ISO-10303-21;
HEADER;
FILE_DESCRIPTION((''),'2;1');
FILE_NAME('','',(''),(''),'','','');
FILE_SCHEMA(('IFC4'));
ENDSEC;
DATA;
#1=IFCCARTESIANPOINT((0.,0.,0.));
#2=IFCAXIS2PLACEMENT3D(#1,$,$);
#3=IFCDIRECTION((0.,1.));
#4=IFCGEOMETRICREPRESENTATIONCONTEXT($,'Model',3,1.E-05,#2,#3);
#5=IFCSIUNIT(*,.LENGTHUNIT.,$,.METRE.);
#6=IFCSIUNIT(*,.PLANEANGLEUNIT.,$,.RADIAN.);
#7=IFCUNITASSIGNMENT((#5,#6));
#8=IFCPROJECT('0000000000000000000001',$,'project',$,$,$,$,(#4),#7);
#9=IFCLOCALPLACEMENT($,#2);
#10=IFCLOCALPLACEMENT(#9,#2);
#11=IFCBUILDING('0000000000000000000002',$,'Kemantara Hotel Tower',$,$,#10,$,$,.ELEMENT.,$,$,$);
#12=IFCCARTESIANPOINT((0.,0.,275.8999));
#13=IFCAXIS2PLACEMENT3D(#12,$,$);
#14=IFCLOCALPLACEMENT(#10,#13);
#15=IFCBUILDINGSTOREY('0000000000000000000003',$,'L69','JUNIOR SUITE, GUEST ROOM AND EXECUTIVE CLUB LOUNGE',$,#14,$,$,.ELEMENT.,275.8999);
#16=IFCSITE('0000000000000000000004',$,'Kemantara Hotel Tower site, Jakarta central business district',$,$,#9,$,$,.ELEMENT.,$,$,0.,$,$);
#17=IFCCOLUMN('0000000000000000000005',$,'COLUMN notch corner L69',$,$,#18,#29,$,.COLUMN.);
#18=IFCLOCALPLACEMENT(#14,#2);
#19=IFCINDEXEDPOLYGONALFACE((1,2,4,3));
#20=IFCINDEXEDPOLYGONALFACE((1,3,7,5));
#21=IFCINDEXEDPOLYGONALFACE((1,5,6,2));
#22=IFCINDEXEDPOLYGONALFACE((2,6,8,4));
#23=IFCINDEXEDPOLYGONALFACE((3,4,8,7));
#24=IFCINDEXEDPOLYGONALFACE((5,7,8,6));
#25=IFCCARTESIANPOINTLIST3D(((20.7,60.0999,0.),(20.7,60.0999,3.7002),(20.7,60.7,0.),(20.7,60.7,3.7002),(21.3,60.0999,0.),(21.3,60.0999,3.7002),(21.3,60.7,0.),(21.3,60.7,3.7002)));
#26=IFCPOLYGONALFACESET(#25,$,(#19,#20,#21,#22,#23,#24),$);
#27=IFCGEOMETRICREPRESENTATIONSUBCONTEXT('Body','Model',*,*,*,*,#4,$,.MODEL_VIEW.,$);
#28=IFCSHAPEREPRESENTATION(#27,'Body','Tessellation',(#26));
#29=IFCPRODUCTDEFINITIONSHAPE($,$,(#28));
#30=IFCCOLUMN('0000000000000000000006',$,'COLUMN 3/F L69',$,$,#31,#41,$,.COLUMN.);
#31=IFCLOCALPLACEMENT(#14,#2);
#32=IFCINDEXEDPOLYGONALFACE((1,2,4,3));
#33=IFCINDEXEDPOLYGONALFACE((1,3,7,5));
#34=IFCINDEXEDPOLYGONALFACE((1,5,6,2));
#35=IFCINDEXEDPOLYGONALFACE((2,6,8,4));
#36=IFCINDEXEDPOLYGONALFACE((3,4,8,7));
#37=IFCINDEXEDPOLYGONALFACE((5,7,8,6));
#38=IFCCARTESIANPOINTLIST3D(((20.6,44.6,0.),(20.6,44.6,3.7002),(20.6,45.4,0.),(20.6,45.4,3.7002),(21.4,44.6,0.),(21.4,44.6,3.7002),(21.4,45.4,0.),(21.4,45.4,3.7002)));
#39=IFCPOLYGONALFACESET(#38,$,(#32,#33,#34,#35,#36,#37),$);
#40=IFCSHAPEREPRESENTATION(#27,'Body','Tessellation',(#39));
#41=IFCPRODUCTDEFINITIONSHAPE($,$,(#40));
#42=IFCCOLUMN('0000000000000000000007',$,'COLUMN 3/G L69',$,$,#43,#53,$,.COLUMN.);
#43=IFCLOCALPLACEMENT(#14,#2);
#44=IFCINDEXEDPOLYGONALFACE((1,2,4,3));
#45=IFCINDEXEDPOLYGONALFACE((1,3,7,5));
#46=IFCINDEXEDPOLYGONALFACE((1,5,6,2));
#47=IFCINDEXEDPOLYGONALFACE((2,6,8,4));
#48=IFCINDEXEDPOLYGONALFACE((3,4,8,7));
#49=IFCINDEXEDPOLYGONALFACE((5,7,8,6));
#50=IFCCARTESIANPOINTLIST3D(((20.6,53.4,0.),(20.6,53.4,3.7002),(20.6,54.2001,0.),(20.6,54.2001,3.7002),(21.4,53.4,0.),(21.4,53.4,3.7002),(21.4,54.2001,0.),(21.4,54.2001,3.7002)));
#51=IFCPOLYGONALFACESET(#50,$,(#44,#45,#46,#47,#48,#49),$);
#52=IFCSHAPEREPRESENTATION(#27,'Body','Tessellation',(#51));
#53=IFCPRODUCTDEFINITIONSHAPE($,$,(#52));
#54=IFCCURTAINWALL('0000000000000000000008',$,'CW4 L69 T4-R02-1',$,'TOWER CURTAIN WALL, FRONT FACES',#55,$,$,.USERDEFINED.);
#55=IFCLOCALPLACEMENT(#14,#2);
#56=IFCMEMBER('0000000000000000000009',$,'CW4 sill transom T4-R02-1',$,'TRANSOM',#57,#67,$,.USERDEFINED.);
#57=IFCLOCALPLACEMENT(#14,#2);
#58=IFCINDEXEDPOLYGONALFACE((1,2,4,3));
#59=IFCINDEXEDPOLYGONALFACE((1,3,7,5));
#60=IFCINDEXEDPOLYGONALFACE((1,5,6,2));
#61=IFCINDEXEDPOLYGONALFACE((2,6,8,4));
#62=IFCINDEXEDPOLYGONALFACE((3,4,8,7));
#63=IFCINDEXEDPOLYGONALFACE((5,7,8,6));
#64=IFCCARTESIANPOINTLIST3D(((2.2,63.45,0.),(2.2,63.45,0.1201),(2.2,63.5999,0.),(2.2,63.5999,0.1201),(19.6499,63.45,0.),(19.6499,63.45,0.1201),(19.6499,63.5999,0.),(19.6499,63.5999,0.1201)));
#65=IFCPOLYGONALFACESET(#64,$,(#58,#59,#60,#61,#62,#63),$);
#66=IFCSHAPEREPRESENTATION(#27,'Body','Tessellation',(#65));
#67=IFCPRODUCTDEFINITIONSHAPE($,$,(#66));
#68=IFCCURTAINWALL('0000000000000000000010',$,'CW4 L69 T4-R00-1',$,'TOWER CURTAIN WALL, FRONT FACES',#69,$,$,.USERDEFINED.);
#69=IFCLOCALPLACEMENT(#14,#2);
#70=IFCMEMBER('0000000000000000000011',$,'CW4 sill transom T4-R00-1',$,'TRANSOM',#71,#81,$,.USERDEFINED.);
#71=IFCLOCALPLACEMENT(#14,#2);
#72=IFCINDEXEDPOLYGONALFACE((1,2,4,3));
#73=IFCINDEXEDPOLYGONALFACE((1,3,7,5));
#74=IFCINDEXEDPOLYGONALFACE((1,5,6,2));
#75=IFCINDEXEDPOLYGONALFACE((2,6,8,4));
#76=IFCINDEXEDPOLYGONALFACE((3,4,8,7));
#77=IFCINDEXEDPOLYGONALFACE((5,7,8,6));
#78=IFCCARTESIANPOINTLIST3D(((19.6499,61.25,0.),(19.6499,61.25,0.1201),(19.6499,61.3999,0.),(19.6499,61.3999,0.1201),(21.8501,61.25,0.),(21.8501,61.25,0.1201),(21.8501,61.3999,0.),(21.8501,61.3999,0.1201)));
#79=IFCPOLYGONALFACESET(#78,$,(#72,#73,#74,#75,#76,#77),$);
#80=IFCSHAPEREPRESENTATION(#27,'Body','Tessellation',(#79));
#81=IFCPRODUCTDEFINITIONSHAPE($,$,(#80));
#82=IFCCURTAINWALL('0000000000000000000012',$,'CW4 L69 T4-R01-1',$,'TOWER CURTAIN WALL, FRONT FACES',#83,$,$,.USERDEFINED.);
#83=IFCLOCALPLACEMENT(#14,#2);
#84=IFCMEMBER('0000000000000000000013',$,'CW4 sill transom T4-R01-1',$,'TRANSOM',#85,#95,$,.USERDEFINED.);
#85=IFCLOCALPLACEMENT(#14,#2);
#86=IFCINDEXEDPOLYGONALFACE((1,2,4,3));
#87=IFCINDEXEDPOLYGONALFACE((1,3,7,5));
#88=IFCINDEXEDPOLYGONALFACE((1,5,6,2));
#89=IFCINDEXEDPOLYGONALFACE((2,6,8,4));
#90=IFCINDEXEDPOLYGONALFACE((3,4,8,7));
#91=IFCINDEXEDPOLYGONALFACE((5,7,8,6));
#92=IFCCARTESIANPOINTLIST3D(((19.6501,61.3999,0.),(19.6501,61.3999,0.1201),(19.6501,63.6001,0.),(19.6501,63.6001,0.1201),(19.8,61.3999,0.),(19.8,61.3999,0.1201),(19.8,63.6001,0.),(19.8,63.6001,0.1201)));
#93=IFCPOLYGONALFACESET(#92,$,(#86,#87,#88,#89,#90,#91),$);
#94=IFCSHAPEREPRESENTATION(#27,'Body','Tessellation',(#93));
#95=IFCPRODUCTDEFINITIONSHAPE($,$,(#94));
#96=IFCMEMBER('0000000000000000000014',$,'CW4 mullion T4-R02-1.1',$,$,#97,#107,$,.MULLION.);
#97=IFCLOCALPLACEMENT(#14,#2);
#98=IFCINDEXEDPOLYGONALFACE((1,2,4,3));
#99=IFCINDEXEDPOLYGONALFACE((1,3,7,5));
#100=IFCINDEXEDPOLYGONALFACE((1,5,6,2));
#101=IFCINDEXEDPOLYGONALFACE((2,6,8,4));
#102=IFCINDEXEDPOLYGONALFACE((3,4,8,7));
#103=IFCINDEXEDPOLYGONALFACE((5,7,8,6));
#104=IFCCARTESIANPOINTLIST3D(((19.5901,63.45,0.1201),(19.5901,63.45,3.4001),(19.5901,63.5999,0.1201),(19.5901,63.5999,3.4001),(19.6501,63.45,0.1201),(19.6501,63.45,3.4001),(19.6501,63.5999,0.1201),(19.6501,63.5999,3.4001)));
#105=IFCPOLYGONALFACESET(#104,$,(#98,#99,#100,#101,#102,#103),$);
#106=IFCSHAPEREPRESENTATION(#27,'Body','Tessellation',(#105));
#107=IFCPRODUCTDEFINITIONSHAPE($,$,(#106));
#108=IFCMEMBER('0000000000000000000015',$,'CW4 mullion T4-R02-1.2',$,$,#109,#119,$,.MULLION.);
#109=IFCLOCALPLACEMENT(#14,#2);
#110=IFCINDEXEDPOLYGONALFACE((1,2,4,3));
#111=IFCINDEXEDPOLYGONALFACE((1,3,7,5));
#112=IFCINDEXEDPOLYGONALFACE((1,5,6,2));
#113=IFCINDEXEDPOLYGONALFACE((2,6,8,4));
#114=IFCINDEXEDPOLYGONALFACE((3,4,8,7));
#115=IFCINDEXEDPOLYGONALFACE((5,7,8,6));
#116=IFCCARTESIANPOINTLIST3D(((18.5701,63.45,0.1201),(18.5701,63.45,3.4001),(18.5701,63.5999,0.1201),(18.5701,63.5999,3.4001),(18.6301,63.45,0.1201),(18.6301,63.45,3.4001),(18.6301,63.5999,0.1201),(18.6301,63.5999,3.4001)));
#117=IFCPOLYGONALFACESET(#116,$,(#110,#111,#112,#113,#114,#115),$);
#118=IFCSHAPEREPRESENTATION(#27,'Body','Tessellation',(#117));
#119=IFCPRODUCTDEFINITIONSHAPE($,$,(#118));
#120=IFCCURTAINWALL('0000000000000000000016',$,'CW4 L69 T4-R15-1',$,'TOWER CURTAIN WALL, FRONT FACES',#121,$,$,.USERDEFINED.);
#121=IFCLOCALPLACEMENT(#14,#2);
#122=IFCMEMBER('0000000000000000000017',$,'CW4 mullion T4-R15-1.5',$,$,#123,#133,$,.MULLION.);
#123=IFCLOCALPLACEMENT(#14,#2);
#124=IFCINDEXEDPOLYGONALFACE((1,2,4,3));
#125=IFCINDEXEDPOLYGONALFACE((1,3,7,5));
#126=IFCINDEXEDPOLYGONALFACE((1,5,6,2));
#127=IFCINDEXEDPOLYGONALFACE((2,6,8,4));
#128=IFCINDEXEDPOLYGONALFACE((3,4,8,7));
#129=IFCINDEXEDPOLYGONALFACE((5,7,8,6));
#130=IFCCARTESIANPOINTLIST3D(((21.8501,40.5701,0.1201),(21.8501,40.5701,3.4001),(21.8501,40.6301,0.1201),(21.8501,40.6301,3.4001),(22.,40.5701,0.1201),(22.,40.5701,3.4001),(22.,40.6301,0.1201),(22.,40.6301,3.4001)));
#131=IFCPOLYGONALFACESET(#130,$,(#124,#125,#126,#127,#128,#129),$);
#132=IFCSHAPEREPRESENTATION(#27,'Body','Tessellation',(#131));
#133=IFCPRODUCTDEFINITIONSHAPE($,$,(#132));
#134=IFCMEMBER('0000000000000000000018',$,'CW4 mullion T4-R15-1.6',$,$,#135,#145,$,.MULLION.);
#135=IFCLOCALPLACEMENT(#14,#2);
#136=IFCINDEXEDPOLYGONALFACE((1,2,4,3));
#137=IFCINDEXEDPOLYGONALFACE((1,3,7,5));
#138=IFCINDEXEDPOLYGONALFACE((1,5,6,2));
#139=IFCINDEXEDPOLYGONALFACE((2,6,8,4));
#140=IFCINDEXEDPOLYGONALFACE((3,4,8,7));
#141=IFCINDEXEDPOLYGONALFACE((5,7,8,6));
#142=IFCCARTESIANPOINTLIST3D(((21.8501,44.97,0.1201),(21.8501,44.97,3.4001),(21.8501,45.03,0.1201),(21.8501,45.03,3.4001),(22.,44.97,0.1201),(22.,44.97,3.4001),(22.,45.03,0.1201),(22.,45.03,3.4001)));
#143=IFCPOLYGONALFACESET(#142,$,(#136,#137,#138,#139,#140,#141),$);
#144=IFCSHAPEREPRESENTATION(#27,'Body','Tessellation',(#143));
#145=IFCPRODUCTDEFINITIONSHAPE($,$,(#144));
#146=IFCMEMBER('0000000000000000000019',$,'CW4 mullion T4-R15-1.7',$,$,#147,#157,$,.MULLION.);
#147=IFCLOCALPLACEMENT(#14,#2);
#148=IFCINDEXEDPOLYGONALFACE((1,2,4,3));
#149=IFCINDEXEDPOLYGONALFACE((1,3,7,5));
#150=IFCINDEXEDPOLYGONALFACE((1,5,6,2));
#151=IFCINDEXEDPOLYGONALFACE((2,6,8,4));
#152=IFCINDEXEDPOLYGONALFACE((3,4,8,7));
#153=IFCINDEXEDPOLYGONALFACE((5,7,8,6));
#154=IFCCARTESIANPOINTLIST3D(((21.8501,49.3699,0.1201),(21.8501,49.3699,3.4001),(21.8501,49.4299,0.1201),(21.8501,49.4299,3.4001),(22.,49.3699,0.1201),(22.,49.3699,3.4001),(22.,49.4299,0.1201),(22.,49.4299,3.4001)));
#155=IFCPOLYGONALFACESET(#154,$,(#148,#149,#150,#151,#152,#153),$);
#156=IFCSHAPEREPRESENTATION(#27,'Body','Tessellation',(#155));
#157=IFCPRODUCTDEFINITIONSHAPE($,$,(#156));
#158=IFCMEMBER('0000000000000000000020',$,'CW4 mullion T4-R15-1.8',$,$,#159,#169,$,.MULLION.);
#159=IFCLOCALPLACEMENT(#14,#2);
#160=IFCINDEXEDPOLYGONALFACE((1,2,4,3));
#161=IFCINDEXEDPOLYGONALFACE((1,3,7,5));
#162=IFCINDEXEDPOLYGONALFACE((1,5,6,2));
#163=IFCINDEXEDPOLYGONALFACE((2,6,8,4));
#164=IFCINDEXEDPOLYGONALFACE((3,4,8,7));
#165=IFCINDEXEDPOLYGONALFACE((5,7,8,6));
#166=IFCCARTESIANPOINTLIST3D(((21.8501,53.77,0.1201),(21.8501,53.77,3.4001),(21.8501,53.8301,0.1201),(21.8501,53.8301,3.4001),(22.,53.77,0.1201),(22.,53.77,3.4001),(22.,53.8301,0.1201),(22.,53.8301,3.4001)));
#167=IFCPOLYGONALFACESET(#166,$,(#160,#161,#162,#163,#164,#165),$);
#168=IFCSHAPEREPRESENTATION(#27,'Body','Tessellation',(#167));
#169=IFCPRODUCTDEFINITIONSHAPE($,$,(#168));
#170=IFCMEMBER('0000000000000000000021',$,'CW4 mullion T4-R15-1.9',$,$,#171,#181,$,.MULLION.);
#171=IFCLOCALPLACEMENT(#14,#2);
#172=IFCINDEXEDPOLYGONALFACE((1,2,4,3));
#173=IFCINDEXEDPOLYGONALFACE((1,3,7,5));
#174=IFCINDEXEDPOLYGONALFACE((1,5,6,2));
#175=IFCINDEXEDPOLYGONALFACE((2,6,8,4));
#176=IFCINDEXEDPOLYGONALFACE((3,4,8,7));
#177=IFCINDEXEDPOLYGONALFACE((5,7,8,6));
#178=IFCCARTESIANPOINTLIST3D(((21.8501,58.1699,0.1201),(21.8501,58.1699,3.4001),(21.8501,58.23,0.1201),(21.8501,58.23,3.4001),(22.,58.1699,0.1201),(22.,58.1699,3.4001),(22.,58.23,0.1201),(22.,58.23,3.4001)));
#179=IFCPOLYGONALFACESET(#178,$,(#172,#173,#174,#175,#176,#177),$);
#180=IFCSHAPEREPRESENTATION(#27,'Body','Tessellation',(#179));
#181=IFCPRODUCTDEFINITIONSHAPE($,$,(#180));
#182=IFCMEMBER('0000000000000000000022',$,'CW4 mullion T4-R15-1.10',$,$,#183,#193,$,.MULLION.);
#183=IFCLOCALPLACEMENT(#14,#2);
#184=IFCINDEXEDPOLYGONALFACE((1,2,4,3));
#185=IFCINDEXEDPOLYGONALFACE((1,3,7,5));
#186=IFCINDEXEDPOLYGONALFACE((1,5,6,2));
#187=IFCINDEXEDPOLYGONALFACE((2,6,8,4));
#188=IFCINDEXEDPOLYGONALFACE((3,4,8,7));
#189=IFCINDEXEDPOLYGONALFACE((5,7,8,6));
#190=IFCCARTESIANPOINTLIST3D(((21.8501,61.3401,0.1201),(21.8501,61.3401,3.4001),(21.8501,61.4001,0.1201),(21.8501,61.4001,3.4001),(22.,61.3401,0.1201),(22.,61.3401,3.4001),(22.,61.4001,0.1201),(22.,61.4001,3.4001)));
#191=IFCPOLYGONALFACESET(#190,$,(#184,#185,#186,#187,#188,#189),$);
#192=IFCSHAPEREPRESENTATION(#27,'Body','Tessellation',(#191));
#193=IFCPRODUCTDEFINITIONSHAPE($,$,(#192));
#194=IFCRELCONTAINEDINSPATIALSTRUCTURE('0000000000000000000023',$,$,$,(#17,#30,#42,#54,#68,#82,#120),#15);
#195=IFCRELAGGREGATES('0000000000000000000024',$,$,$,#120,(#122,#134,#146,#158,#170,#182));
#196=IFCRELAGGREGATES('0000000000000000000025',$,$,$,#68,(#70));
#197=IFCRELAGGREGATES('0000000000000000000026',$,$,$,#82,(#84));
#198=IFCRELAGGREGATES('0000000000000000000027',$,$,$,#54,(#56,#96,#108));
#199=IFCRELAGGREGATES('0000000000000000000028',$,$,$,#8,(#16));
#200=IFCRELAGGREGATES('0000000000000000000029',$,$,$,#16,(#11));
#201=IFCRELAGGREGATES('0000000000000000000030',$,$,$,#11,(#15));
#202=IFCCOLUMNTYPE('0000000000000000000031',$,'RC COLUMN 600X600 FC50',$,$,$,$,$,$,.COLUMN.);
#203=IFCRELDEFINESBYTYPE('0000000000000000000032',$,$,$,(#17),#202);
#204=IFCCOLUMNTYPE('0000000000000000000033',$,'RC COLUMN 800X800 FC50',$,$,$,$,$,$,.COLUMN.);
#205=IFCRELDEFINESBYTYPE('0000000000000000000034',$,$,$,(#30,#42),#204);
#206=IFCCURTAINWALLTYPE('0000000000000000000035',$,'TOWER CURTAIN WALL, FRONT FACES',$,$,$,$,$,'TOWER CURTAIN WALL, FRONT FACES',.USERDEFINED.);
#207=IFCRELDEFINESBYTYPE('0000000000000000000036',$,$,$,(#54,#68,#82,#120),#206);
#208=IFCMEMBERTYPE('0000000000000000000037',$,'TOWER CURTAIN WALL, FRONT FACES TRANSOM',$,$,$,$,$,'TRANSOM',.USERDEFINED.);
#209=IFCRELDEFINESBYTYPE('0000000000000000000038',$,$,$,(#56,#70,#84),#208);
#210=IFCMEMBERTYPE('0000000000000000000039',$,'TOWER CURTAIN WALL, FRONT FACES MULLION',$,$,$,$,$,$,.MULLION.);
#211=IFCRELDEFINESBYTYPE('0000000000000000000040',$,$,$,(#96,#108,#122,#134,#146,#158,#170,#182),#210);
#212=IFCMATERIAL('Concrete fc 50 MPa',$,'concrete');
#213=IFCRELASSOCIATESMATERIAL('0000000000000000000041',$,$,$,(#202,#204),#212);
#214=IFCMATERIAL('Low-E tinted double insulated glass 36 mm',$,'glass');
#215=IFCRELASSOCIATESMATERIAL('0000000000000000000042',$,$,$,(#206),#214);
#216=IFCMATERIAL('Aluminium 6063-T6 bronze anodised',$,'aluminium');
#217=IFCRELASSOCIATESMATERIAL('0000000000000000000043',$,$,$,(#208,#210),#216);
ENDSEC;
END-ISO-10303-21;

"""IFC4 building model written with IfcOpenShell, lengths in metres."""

from ifc_helpers import new_model, si_unit, direction, frame, origin, origin_2d, place, context, subcontext, project, spatial, rectangle, extrude, source, transform, mapped, material, material_profile, profile_set, type_object, element, aggregate, save


model = new_model("IFC4")

# Units and contexts
model_context = context("Model", 3, precision=1e-05, world=origin(), true_north=direction((0.0, 1.0)))
body_context = subcontext(model_context, "Body", "Model", "MODEL_VIEW")
ifc_project = project(units=[si_unit("LENGTHUNIT", "METRE"), si_unit("PLANEANGLEUNIT", "RADIAN")], contexts=[model_context])

# Site, building, storey
site_placement = place(None, origin())
site = spatial("IfcSite", under=ifc_project, at=site_placement, Name="Kemantara Hotel Tower site, Jakarta central business district", CompositionType="ELEMENT", RefElevation=0.0)
building_placement = place(site_placement, origin())
building = spatial("IfcBuilding", under=site, at=building_placement, Name="Kemantara Hotel Tower", CompositionType="ELEMENT")
storey_placement = place(building_placement, frame((0.0, 0.0, 275.8999)))
storey = spatial("IfcBuildingStorey", under=building, at=storey_placement, Name="L69", Description="JUNIOR SUITE, GUEST ROOM AND EXECUTIVE CLUB LOUNGE", CompositionType="ELEMENT", Elevation=275.8999)

# Columns
ifc_material_1 = material(Name="Concrete fc 50 MPa", Category="concrete")
ifc_material_profile_1 = material_profile(ifc_material_1, rectangle(XDim=0.6001, YDim=0.6001, at=origin_2d()), Name="RC 600X600")
ifc_profile_set_1 = profile_set([ifc_material_profile_1], Name="Concrete fc 50 MPa")
column_type_1 = type_object("IfcColumnType", Name="RC COLUMN 600X600 FC50", PredefinedType="COLUMN", material=ifc_profile_set_1)
column_placement = place(storey_placement, frame((21.0, 60.3999, 0.0), z_axis=(0.0, 0.0, 1.0), x_axis=(1.0, 0.0, 0.0)))
element("IfcColumn", 1, at=column_placement, inside=storey, type_object=column_type_1, Name="COLUMN notch corner L69", PredefinedType="COLUMN", context=body_context, shape_type="SweptSolid", body=[
    extrude(rectangle(XDim=0.6001, YDim=0.6001, at=origin_2d()), origin(), (0.0, 0.0, 1.0), 3.7002),
])
ifc_material_profile_2 = material_profile(ifc_material_1, rectangle(XDim=0.8, YDim=0.8, at=origin_2d()), Name="RC 800X800")
ifc_profile_set_2 = profile_set([ifc_material_profile_2], Name="Concrete fc 50 MPa")
column_type_2 = type_object("IfcColumnType", Name="RC COLUMN 800X800 FC50", PredefinedType="COLUMN", material=ifc_profile_set_2)
for number, where, z_axis, x_axis, name in (
    (2, (21.0, 45.0, 0.0), (0.0, 0.0, 1.0), (1.0, 0.0, 0.0), "COLUMN 3/F L69"),
    (3, (21.0, 53.8, 0.0), (0.0, 0.0, 1.0), (1.0, 0.0, 0.0), "COLUMN 3/G L69"),
):
    element("IfcColumn", number, at=place(storey_placement, frame(where, z_axis=z_axis, x_axis=x_axis)), inside=storey, type_object=column_type_2, Name=name, PredefinedType="COLUMN", context=body_context, shape_type="SweptSolid", body=[
        extrude(rectangle(XDim=0.8, YDim=0.8, at=origin_2d()), origin(), (0.0, 0.0, 1.0), 3.7002),
    ])

# Curtain walls, members
ifc_material_2 = material(Name="Low-E tinted double insulated glass 36 mm", Category="glass")
curtain_wall_type = type_object("IfcCurtainWallType", Name="TOWER CURTAIN WALL, FRONT FACES", ElementType="TOWER CURTAIN WALL, FRONT FACES", PredefinedType="USERDEFINED", material=ifc_material_2)
curtain_wall_1_placement = place(storey_placement, origin())
curtain_wall_1 = element("IfcCurtainWall", 4, at=curtain_wall_1_placement, inside=storey, type_object=curtain_wall_type, Name="CW4 L69 T4-R02-1", ObjectType="TOWER CURTAIN WALL, FRONT FACES", PredefinedType="USERDEFINED")
ifc_material_3 = material(Name="Aluminium 6063-T6 bronze anodised", Category="aluminium")
ifc_material_profile_3 = material_profile(ifc_material_3, rectangle(XDim=0.1499, YDim=0.1201, at=origin_2d()), Name="TOWER CURTAIN WALL, FRONT FACES TRANSOM")
ifc_profile_set_3 = profile_set([ifc_material_profile_3], Name="Aluminium 6063-T6 bronze anodised")
member_type_1 = type_object("IfcMemberType", Name="TOWER CURTAIN WALL, FRONT FACES TRANSOM", ElementType="TRANSOM", PredefinedType="USERDEFINED", material=ifc_profile_set_3)
member_1_placement = place(storey_placement, frame((19.6499, 63.5249, 0.0601), z_axis=(-1.0, 0.0, 0.0), x_axis=(0.0, -1.0, 0.0)))
member_1 = element("IfcMember", 5, at=member_1_placement, type_object=member_type_1, Name="CW4 sill transom T4-R02-1", ObjectType="TRANSOM", PredefinedType="USERDEFINED", context=body_context, shape_type="SweptSolid", body=[
    extrude(rectangle(XDim=0.1499, YDim=0.1201, at=origin_2d()), origin(), (0.0, 0.0, 1.0), 17.45),
])
curtain_wall_2_placement = place(storey_placement, origin())
curtain_wall_2 = element("IfcCurtainWall", 6, at=curtain_wall_2_placement, inside=storey, type_object=curtain_wall_type, Name="CW4 L69 T4-R00-1", ObjectType="TOWER CURTAIN WALL, FRONT FACES", PredefinedType="USERDEFINED")
member_2_placement = place(storey_placement, frame((21.8501, 61.325, 0.0601), z_axis=(-1.0, 0.0, 0.0), x_axis=(0.0, -1.0, 0.0)))
member_2 = element("IfcMember", 7, at=member_2_placement, type_object=member_type_1, Name="CW4 sill transom T4-R00-1", ObjectType="TRANSOM", PredefinedType="USERDEFINED", context=body_context, shape_type="SweptSolid", body=[
    extrude(rectangle(XDim=0.1499, YDim=0.1201, at=origin_2d()), origin(), (0.0, 0.0, 1.0), 2.2002),
])
curtain_wall_3_placement = place(storey_placement, origin())
curtain_wall_3 = element("IfcCurtainWall", 8, at=curtain_wall_3_placement, inside=storey, type_object=curtain_wall_type, Name="CW4 L69 T4-R01-1", ObjectType="TOWER CURTAIN WALL, FRONT FACES", PredefinedType="USERDEFINED")
member_3_placement = place(storey_placement, frame((19.7251, 61.3999, 0.0601), z_axis=(0.0, 1.0, 0.0), x_axis=(-1.0, 0.0, 0.0)))
member_3 = element("IfcMember", 9, at=member_3_placement, type_object=member_type_1, Name="CW4 sill transom T4-R01-1", ObjectType="TRANSOM", PredefinedType="USERDEFINED", context=body_context, shape_type="SweptSolid", body=[
    extrude(rectangle(XDim=0.1499, YDim=0.1201, at=origin_2d()), origin(), (0.0, 0.0, 1.0), 2.2002),
])

# Members
ifc_material_profile_4 = material_profile(ifc_material_3, rectangle(XDim=0.1499, YDim=0.0601, at=origin_2d()), Name="TOWER CURTAIN WALL, FRONT FACES MULLION")
ifc_profile_set_4 = profile_set([ifc_material_profile_4], Name="Aluminium 6063-T6 bronze anodised")
member_type_2 = type_object("IfcMemberType", Name="TOWER CURTAIN WALL, FRONT FACES MULLION", PredefinedType="MULLION", material=ifc_profile_set_4)
shared_shape_1 = source(origin(), body_context, "Body", "SweptSolid", [
    extrude(rectangle(XDim=0.1499, YDim=0.0601, at=origin_2d()), origin(), (0.0, 0.0, 1.0), 3.28),
])
member_4_placement = place(storey_placement, frame((19.6201, 63.5249, 0.1201), z_axis=(0.0, 0.0, 1.0), x_axis=(0.0, -1.0, 0.0)))
member_4 = element("IfcMember", 10, at=member_4_placement, type_object=member_type_2, Name="CW4 mullion T4-R02-1.1", PredefinedType="MULLION", context=body_context, shape_type="MappedRepresentation", body=[
    mapped(shared_shape_1, transform((0.0, 0.0, 0.0))),
])
member_5_placement = place(storey_placement, frame((18.6001, 63.5249, 0.1201), z_axis=(0.0, 0.0, 1.0), x_axis=(0.0, -1.0, 0.0)))
member_5 = element("IfcMember", 11, at=member_5_placement, type_object=member_type_2, Name="CW4 mullion T4-R02-1.2", PredefinedType="MULLION", context=body_context, shape_type="MappedRepresentation", body=[
    mapped(shared_shape_1, transform((0.0, 0.0, 0.0))),
])

# Curtain wall, members
curtain_wall_4_placement = place(storey_placement, origin())
curtain_wall_4 = element("IfcCurtainWall", 12, at=curtain_wall_4_placement, inside=storey, type_object=curtain_wall_type, Name="CW4 L69 T4-R15-1", ObjectType="TOWER CURTAIN WALL, FRONT FACES", PredefinedType="USERDEFINED")
member_6_placement = place(storey_placement, frame((21.925, 40.6001, 0.1201), z_axis=(0.0, 0.0, 1.0), x_axis=(-1.0, 0.0, 0.0)))
member_6 = element("IfcMember", 13, at=member_6_placement, type_object=member_type_2, Name="CW4 mullion T4-R15-1.5", PredefinedType="MULLION", context=body_context, shape_type="MappedRepresentation", body=[
    mapped(shared_shape_1, transform((0.0, 0.0, 0.0))),
])
member_7_placement = place(storey_placement, frame((21.925, 45.0, 0.1201), z_axis=(0.0, 0.0, 1.0), x_axis=(-1.0, 0.0, 0.0)))
member_7 = element("IfcMember", 14, at=member_7_placement, type_object=member_type_2, Name="CW4 mullion T4-R15-1.6", PredefinedType="MULLION", context=body_context, shape_type="MappedRepresentation", body=[
    mapped(shared_shape_1, transform((0.0, 0.0, 0.0))),
])
member_8_placement = place(storey_placement, frame((21.925, 49.3999, 0.1201), z_axis=(0.0, 0.0, 1.0), x_axis=(-1.0, 0.0, 0.0)))
member_8 = element("IfcMember", 15, at=member_8_placement, type_object=member_type_2, Name="CW4 mullion T4-R15-1.7", PredefinedType="MULLION", context=body_context, shape_type="MappedRepresentation", body=[
    mapped(shared_shape_1, transform((0.0, 0.0, 0.0))),
])
member_9_placement = place(storey_placement, frame((21.925, 53.8, 0.1201), z_axis=(0.0, 0.0, 1.0), x_axis=(-1.0, 0.0, 0.0)))
member_9 = element("IfcMember", 16, at=member_9_placement, type_object=member_type_2, Name="CW4 mullion T4-R15-1.8", PredefinedType="MULLION", context=body_context, shape_type="MappedRepresentation", body=[
    mapped(shared_shape_1, transform((0.0, 0.0, 0.0))),
])
member_10_placement = place(storey_placement, frame((21.925, 58.2, 0.1201), z_axis=(0.0, 0.0, 1.0), x_axis=(-1.0, 0.0, 0.0)))
member_10 = element("IfcMember", 17, at=member_10_placement, type_object=member_type_2, Name="CW4 mullion T4-R15-1.9", PredefinedType="MULLION", context=body_context, shape_type="MappedRepresentation", body=[
    mapped(shared_shape_1, transform((0.0, 0.0, 0.0))),
])
member_11_placement = place(storey_placement, frame((21.925, 61.3701, 0.1201), z_axis=(0.0, 0.0, 1.0), x_axis=(-1.0, 0.0, 0.0)))
member_11 = element("IfcMember", 18, at=member_11_placement, type_object=member_type_2, Name="CW4 mullion T4-R15-1.10", PredefinedType="MULLION", context=body_context, shape_type="MappedRepresentation", body=[
    mapped(shared_shape_1, transform((0.0, 0.0, 0.0))),
])

aggregate(curtain_wall_4, [member_6, member_7, member_8, member_9, member_10, member_11])
aggregate(curtain_wall_2, [member_2])
aggregate(curtain_wall_3, [member_3])
aggregate(curtain_wall_1, [member_1, member_4, member_5])

save(model, "model.ifc")
